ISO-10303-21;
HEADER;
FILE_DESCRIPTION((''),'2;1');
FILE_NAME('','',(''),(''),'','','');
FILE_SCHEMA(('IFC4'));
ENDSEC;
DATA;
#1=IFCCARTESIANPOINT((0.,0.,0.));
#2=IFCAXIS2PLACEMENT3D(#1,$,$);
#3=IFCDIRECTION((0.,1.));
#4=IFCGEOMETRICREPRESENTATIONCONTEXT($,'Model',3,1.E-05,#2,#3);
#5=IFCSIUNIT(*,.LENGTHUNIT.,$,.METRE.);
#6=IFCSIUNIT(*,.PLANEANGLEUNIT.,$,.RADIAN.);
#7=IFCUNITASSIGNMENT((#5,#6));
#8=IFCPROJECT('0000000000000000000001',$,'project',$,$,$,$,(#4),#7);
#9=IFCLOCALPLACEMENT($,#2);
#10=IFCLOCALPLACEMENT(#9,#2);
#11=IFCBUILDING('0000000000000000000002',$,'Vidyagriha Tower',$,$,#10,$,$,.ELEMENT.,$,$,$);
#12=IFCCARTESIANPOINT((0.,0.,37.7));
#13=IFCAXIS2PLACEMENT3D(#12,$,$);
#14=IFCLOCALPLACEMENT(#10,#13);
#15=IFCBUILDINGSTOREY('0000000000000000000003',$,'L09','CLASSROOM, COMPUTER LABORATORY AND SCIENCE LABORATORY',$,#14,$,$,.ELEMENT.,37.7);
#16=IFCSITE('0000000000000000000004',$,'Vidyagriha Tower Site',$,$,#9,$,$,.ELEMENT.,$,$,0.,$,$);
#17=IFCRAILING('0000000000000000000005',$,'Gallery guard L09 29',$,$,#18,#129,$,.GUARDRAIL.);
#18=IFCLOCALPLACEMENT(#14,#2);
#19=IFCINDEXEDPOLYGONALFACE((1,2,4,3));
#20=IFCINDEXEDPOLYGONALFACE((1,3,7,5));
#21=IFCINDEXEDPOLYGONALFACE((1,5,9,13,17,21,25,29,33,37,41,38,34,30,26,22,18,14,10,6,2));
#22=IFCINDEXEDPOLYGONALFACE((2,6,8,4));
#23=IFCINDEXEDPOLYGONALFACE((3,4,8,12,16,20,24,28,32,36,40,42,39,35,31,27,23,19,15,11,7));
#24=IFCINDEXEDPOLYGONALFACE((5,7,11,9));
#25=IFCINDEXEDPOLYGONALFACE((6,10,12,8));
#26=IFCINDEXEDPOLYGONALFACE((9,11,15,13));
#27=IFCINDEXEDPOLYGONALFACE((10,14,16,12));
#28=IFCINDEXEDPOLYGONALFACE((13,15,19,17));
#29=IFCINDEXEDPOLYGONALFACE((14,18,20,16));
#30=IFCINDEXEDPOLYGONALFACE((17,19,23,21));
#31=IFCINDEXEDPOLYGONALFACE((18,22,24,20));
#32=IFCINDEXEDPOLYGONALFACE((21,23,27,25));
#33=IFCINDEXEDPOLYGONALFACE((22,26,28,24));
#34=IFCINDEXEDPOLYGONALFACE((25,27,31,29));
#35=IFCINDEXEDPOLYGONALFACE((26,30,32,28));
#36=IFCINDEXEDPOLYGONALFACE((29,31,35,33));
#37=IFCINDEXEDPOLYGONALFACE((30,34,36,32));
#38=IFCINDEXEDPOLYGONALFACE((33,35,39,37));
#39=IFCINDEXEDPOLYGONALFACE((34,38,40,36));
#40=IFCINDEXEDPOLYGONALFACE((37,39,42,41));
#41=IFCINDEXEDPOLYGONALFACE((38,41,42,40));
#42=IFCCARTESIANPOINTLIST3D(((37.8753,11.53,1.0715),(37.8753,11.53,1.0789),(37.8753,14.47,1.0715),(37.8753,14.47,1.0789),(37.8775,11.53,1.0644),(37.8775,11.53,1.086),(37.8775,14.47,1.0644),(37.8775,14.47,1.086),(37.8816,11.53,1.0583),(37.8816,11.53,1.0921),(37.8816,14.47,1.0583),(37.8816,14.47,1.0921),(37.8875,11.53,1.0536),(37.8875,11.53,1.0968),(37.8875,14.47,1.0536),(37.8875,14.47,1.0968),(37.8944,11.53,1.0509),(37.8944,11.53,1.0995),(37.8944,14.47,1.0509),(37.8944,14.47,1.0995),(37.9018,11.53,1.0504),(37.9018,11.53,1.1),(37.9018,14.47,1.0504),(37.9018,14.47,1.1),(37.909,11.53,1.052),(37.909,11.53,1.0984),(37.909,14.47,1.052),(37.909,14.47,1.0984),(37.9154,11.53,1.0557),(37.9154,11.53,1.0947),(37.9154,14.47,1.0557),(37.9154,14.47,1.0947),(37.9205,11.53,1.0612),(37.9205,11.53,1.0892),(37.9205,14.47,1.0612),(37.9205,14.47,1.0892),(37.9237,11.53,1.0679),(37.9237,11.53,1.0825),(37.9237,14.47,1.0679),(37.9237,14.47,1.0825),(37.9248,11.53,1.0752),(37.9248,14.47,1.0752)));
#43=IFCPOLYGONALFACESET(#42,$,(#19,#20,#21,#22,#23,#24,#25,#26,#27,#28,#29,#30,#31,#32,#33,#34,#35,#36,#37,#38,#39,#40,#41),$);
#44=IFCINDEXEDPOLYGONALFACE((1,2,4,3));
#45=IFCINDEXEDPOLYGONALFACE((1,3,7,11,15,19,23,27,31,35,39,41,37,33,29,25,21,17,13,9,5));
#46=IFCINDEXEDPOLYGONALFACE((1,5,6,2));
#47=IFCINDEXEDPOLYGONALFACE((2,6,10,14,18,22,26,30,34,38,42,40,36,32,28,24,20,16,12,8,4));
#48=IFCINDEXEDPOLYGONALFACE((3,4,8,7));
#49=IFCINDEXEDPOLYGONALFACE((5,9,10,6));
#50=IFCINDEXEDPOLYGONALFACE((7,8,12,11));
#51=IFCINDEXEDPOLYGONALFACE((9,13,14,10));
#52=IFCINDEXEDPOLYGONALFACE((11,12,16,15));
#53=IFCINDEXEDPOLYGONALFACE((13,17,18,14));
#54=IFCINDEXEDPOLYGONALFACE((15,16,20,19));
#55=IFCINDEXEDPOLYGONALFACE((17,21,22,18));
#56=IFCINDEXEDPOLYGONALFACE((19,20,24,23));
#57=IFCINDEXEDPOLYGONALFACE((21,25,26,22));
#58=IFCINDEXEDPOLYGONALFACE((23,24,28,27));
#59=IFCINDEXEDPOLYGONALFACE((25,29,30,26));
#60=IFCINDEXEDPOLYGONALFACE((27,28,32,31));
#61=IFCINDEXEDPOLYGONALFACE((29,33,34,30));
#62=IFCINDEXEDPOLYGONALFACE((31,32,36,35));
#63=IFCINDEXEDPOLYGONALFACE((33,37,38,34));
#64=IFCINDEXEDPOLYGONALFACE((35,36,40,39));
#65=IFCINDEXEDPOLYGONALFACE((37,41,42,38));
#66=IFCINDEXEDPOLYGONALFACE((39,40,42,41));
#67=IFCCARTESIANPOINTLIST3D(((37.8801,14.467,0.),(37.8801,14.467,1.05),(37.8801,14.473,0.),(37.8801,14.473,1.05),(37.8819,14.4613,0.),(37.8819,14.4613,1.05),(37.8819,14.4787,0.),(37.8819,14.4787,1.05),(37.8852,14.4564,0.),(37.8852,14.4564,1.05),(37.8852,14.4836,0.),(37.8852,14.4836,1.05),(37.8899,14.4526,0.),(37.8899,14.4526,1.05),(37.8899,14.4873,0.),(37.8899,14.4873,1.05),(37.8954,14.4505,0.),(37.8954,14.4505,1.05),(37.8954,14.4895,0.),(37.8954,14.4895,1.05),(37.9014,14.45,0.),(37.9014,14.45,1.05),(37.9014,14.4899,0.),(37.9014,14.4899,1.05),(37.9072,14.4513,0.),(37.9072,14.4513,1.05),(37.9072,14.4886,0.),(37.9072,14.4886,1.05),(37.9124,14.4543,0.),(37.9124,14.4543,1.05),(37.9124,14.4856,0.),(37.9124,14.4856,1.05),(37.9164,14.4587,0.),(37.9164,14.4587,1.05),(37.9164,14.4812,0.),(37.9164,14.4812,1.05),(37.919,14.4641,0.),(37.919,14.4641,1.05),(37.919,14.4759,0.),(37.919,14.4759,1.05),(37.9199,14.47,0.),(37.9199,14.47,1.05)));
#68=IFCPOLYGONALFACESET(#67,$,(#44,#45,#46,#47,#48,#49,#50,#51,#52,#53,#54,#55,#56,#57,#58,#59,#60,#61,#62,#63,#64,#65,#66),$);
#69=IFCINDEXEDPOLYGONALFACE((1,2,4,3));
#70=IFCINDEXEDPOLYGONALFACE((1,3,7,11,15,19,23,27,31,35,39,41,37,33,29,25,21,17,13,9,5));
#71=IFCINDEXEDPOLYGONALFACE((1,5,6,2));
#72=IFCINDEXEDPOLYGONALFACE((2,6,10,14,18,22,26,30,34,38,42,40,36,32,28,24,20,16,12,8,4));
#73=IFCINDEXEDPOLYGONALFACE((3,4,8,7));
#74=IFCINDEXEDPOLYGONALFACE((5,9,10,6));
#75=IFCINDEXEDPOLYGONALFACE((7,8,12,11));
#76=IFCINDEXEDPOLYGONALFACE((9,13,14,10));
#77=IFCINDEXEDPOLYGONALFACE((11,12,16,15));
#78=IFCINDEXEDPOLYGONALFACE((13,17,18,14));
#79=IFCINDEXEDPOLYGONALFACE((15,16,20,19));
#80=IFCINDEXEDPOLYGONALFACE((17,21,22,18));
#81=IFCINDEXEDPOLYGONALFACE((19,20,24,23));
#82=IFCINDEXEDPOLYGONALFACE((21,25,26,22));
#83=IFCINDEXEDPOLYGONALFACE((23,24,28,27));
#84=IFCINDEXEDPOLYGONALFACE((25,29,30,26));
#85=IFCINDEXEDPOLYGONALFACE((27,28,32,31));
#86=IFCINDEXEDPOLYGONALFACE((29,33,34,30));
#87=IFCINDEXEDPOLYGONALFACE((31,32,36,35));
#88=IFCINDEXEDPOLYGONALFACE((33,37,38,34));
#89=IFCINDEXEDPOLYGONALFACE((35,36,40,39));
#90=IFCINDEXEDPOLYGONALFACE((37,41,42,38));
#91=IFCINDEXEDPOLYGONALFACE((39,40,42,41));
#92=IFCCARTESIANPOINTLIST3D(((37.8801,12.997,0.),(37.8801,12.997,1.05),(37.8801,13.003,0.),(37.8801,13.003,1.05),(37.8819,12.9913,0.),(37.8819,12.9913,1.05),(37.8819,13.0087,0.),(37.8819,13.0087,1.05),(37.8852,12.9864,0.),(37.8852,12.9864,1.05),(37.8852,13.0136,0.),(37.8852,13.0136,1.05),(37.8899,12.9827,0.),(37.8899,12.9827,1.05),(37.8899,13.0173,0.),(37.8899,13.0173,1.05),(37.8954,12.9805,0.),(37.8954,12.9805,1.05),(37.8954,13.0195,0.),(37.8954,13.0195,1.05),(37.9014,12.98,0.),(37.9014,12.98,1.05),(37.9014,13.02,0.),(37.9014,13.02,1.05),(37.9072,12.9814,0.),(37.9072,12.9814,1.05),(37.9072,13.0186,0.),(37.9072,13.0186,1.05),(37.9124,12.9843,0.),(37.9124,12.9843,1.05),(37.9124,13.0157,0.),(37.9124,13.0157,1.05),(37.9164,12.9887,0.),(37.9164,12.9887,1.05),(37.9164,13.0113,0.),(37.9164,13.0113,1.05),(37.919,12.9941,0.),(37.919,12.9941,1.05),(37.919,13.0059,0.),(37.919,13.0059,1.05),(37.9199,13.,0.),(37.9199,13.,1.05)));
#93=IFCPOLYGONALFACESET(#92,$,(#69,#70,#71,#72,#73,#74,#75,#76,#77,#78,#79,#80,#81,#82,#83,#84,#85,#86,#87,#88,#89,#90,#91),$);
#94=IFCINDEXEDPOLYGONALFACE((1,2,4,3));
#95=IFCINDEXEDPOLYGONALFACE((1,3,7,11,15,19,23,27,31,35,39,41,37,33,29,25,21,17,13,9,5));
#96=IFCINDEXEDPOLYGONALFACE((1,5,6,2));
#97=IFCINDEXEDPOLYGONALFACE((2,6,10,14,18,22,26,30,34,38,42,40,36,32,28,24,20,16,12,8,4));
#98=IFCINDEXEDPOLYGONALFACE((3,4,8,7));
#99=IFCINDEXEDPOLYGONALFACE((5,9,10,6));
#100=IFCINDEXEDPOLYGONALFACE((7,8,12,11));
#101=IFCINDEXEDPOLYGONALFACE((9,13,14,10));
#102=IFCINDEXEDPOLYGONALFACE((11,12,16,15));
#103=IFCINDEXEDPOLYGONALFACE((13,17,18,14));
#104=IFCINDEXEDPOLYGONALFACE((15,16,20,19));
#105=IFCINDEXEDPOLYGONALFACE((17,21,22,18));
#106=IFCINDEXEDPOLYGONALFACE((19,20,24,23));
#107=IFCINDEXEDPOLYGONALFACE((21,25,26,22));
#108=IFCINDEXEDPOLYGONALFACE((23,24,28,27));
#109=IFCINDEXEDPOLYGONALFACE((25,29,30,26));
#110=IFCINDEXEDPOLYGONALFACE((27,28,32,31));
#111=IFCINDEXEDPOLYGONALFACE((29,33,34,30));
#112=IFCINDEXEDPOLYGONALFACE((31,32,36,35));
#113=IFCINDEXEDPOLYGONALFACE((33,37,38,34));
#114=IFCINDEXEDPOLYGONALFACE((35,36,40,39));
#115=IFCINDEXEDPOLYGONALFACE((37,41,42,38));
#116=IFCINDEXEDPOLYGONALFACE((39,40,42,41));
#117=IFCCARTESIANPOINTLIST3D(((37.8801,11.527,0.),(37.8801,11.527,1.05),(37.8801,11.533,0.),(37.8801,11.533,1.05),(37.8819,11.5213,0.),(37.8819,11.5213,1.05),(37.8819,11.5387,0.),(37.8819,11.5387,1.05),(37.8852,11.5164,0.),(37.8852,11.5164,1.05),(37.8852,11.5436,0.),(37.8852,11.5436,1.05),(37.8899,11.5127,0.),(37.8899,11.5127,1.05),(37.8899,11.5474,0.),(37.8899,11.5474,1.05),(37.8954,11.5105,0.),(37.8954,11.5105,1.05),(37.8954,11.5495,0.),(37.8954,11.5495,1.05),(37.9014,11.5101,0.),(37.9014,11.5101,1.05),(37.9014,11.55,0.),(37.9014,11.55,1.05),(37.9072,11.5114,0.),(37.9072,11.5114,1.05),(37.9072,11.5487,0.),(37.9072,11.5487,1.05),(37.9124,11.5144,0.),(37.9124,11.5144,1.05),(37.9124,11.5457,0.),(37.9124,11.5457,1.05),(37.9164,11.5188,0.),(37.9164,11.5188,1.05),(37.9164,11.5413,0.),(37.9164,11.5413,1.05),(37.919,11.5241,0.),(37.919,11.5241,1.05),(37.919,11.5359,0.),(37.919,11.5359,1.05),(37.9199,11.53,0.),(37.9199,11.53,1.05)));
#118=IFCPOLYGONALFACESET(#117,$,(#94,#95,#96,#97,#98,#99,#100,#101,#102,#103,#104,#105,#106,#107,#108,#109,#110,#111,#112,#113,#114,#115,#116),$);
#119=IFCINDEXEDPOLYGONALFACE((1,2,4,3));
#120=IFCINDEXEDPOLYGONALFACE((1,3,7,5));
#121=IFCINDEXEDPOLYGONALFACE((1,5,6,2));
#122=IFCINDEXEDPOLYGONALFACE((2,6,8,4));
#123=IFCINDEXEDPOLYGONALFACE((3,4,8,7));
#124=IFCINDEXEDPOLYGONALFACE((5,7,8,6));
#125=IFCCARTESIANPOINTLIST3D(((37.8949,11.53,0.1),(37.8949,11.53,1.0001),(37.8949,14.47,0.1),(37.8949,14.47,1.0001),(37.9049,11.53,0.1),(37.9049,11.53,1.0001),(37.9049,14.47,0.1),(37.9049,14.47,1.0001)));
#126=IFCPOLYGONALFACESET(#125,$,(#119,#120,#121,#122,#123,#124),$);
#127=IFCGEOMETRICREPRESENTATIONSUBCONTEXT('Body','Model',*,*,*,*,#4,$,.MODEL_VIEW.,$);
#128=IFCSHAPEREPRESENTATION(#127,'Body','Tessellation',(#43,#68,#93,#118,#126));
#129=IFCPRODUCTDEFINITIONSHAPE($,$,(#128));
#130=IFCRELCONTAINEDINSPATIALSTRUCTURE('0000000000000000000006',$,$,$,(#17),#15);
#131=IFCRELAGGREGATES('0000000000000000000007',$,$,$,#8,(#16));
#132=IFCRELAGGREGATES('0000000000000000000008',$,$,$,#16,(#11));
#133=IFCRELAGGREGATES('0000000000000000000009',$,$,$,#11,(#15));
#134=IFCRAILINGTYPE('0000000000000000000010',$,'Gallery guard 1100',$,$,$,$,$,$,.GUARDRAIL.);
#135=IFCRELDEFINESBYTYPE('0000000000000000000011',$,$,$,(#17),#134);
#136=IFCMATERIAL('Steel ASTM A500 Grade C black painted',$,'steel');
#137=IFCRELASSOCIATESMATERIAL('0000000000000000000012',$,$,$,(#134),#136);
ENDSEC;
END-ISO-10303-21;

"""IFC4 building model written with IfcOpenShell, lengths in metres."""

from ifc_helpers import new_model, si_unit, direction, frame, origin, origin_2d, place, context, subcontext, project, spatial, rectangle, circle, extrude, material, type_object, element, save


model = new_model("IFC4")

# Units and contexts
model_context = context("Model", 3, precision=1e-05, world=origin(), true_north=direction((0.0, 1.0)))
body_context = subcontext(model_context, "Body", "Model", "MODEL_VIEW")
ifc_project = project(units=[si_unit("LENGTHUNIT", "METRE"), si_unit("PLANEANGLEUNIT", "RADIAN")], contexts=[model_context])

# Site, building, storey
site_placement = place(None, origin())
site = spatial("IfcSite", under=ifc_project, at=site_placement, Name="Vidyagriha Tower Site", CompositionType="ELEMENT", RefElevation=0.0)
building_placement = place(site_placement, origin())
building = spatial("IfcBuilding", under=site, at=building_placement, Name="Vidyagriha Tower", CompositionType="ELEMENT")
storey_placement = place(building_placement, frame((0.0, 0.0, 37.7)))
storey = spatial("IfcBuildingStorey", under=building, at=storey_placement, Name="L09", Description="CLASSROOM, COMPUTER LABORATORY AND SCIENCE LABORATORY", CompositionType="ELEMENT", Elevation=37.7)

# Railing
ifc_material_1 = material(Name="Steel ASTM A500 Grade C black painted", Category="steel")
railing_type = type_object("IfcRailingType", Name="Gallery guard 1100", PredefinedType="GUARDRAIL", material=ifc_material_1)
railing_1_placement = place(storey_placement, frame((37.8999, 14.47, 0.0)))
element("IfcRailing", 1, at=railing_1_placement, inside=storey, type_object=railing_type, Name="Gallery guard L09 29", PredefinedType="GUARDRAIL", context=body_context, shape_type="SweptSolid", body=[
    extrude(circle(Radius=0.0249, at=origin_2d()), frame((0.0, 0.0, 1.0752), z_axis=(0.0, -1.0, 0.0), x_axis=(1.0, 0.0, 0.0)), (0.0, 0.0, 1.0), 2.9399),
    extrude(circle(Radius=0.02, at=origin_2d()), origin(), (0.0, 0.0, 1.0), 1.05),
    extrude(circle(Radius=0.02, at=origin_2d()), frame((0.0, -1.47, 0.0)), (0.0, 0.0, 1.0), 1.05),
    extrude(circle(Radius=0.02, at=origin_2d()), frame((0.0, -2.9399, 0.0)), (0.0, 0.0, 1.0), 1.05),
    extrude(rectangle(XDim=0.01, YDim=0.9001, at=origin_2d()), frame((0.0, 0.0, 0.55), z_axis=(0.0, -1.0, 0.0), x_axis=(1.0, 0.0, 0.0)), (0.0, 0.0, 1.0), 2.9399),
])

save(model, "model.ifc")
